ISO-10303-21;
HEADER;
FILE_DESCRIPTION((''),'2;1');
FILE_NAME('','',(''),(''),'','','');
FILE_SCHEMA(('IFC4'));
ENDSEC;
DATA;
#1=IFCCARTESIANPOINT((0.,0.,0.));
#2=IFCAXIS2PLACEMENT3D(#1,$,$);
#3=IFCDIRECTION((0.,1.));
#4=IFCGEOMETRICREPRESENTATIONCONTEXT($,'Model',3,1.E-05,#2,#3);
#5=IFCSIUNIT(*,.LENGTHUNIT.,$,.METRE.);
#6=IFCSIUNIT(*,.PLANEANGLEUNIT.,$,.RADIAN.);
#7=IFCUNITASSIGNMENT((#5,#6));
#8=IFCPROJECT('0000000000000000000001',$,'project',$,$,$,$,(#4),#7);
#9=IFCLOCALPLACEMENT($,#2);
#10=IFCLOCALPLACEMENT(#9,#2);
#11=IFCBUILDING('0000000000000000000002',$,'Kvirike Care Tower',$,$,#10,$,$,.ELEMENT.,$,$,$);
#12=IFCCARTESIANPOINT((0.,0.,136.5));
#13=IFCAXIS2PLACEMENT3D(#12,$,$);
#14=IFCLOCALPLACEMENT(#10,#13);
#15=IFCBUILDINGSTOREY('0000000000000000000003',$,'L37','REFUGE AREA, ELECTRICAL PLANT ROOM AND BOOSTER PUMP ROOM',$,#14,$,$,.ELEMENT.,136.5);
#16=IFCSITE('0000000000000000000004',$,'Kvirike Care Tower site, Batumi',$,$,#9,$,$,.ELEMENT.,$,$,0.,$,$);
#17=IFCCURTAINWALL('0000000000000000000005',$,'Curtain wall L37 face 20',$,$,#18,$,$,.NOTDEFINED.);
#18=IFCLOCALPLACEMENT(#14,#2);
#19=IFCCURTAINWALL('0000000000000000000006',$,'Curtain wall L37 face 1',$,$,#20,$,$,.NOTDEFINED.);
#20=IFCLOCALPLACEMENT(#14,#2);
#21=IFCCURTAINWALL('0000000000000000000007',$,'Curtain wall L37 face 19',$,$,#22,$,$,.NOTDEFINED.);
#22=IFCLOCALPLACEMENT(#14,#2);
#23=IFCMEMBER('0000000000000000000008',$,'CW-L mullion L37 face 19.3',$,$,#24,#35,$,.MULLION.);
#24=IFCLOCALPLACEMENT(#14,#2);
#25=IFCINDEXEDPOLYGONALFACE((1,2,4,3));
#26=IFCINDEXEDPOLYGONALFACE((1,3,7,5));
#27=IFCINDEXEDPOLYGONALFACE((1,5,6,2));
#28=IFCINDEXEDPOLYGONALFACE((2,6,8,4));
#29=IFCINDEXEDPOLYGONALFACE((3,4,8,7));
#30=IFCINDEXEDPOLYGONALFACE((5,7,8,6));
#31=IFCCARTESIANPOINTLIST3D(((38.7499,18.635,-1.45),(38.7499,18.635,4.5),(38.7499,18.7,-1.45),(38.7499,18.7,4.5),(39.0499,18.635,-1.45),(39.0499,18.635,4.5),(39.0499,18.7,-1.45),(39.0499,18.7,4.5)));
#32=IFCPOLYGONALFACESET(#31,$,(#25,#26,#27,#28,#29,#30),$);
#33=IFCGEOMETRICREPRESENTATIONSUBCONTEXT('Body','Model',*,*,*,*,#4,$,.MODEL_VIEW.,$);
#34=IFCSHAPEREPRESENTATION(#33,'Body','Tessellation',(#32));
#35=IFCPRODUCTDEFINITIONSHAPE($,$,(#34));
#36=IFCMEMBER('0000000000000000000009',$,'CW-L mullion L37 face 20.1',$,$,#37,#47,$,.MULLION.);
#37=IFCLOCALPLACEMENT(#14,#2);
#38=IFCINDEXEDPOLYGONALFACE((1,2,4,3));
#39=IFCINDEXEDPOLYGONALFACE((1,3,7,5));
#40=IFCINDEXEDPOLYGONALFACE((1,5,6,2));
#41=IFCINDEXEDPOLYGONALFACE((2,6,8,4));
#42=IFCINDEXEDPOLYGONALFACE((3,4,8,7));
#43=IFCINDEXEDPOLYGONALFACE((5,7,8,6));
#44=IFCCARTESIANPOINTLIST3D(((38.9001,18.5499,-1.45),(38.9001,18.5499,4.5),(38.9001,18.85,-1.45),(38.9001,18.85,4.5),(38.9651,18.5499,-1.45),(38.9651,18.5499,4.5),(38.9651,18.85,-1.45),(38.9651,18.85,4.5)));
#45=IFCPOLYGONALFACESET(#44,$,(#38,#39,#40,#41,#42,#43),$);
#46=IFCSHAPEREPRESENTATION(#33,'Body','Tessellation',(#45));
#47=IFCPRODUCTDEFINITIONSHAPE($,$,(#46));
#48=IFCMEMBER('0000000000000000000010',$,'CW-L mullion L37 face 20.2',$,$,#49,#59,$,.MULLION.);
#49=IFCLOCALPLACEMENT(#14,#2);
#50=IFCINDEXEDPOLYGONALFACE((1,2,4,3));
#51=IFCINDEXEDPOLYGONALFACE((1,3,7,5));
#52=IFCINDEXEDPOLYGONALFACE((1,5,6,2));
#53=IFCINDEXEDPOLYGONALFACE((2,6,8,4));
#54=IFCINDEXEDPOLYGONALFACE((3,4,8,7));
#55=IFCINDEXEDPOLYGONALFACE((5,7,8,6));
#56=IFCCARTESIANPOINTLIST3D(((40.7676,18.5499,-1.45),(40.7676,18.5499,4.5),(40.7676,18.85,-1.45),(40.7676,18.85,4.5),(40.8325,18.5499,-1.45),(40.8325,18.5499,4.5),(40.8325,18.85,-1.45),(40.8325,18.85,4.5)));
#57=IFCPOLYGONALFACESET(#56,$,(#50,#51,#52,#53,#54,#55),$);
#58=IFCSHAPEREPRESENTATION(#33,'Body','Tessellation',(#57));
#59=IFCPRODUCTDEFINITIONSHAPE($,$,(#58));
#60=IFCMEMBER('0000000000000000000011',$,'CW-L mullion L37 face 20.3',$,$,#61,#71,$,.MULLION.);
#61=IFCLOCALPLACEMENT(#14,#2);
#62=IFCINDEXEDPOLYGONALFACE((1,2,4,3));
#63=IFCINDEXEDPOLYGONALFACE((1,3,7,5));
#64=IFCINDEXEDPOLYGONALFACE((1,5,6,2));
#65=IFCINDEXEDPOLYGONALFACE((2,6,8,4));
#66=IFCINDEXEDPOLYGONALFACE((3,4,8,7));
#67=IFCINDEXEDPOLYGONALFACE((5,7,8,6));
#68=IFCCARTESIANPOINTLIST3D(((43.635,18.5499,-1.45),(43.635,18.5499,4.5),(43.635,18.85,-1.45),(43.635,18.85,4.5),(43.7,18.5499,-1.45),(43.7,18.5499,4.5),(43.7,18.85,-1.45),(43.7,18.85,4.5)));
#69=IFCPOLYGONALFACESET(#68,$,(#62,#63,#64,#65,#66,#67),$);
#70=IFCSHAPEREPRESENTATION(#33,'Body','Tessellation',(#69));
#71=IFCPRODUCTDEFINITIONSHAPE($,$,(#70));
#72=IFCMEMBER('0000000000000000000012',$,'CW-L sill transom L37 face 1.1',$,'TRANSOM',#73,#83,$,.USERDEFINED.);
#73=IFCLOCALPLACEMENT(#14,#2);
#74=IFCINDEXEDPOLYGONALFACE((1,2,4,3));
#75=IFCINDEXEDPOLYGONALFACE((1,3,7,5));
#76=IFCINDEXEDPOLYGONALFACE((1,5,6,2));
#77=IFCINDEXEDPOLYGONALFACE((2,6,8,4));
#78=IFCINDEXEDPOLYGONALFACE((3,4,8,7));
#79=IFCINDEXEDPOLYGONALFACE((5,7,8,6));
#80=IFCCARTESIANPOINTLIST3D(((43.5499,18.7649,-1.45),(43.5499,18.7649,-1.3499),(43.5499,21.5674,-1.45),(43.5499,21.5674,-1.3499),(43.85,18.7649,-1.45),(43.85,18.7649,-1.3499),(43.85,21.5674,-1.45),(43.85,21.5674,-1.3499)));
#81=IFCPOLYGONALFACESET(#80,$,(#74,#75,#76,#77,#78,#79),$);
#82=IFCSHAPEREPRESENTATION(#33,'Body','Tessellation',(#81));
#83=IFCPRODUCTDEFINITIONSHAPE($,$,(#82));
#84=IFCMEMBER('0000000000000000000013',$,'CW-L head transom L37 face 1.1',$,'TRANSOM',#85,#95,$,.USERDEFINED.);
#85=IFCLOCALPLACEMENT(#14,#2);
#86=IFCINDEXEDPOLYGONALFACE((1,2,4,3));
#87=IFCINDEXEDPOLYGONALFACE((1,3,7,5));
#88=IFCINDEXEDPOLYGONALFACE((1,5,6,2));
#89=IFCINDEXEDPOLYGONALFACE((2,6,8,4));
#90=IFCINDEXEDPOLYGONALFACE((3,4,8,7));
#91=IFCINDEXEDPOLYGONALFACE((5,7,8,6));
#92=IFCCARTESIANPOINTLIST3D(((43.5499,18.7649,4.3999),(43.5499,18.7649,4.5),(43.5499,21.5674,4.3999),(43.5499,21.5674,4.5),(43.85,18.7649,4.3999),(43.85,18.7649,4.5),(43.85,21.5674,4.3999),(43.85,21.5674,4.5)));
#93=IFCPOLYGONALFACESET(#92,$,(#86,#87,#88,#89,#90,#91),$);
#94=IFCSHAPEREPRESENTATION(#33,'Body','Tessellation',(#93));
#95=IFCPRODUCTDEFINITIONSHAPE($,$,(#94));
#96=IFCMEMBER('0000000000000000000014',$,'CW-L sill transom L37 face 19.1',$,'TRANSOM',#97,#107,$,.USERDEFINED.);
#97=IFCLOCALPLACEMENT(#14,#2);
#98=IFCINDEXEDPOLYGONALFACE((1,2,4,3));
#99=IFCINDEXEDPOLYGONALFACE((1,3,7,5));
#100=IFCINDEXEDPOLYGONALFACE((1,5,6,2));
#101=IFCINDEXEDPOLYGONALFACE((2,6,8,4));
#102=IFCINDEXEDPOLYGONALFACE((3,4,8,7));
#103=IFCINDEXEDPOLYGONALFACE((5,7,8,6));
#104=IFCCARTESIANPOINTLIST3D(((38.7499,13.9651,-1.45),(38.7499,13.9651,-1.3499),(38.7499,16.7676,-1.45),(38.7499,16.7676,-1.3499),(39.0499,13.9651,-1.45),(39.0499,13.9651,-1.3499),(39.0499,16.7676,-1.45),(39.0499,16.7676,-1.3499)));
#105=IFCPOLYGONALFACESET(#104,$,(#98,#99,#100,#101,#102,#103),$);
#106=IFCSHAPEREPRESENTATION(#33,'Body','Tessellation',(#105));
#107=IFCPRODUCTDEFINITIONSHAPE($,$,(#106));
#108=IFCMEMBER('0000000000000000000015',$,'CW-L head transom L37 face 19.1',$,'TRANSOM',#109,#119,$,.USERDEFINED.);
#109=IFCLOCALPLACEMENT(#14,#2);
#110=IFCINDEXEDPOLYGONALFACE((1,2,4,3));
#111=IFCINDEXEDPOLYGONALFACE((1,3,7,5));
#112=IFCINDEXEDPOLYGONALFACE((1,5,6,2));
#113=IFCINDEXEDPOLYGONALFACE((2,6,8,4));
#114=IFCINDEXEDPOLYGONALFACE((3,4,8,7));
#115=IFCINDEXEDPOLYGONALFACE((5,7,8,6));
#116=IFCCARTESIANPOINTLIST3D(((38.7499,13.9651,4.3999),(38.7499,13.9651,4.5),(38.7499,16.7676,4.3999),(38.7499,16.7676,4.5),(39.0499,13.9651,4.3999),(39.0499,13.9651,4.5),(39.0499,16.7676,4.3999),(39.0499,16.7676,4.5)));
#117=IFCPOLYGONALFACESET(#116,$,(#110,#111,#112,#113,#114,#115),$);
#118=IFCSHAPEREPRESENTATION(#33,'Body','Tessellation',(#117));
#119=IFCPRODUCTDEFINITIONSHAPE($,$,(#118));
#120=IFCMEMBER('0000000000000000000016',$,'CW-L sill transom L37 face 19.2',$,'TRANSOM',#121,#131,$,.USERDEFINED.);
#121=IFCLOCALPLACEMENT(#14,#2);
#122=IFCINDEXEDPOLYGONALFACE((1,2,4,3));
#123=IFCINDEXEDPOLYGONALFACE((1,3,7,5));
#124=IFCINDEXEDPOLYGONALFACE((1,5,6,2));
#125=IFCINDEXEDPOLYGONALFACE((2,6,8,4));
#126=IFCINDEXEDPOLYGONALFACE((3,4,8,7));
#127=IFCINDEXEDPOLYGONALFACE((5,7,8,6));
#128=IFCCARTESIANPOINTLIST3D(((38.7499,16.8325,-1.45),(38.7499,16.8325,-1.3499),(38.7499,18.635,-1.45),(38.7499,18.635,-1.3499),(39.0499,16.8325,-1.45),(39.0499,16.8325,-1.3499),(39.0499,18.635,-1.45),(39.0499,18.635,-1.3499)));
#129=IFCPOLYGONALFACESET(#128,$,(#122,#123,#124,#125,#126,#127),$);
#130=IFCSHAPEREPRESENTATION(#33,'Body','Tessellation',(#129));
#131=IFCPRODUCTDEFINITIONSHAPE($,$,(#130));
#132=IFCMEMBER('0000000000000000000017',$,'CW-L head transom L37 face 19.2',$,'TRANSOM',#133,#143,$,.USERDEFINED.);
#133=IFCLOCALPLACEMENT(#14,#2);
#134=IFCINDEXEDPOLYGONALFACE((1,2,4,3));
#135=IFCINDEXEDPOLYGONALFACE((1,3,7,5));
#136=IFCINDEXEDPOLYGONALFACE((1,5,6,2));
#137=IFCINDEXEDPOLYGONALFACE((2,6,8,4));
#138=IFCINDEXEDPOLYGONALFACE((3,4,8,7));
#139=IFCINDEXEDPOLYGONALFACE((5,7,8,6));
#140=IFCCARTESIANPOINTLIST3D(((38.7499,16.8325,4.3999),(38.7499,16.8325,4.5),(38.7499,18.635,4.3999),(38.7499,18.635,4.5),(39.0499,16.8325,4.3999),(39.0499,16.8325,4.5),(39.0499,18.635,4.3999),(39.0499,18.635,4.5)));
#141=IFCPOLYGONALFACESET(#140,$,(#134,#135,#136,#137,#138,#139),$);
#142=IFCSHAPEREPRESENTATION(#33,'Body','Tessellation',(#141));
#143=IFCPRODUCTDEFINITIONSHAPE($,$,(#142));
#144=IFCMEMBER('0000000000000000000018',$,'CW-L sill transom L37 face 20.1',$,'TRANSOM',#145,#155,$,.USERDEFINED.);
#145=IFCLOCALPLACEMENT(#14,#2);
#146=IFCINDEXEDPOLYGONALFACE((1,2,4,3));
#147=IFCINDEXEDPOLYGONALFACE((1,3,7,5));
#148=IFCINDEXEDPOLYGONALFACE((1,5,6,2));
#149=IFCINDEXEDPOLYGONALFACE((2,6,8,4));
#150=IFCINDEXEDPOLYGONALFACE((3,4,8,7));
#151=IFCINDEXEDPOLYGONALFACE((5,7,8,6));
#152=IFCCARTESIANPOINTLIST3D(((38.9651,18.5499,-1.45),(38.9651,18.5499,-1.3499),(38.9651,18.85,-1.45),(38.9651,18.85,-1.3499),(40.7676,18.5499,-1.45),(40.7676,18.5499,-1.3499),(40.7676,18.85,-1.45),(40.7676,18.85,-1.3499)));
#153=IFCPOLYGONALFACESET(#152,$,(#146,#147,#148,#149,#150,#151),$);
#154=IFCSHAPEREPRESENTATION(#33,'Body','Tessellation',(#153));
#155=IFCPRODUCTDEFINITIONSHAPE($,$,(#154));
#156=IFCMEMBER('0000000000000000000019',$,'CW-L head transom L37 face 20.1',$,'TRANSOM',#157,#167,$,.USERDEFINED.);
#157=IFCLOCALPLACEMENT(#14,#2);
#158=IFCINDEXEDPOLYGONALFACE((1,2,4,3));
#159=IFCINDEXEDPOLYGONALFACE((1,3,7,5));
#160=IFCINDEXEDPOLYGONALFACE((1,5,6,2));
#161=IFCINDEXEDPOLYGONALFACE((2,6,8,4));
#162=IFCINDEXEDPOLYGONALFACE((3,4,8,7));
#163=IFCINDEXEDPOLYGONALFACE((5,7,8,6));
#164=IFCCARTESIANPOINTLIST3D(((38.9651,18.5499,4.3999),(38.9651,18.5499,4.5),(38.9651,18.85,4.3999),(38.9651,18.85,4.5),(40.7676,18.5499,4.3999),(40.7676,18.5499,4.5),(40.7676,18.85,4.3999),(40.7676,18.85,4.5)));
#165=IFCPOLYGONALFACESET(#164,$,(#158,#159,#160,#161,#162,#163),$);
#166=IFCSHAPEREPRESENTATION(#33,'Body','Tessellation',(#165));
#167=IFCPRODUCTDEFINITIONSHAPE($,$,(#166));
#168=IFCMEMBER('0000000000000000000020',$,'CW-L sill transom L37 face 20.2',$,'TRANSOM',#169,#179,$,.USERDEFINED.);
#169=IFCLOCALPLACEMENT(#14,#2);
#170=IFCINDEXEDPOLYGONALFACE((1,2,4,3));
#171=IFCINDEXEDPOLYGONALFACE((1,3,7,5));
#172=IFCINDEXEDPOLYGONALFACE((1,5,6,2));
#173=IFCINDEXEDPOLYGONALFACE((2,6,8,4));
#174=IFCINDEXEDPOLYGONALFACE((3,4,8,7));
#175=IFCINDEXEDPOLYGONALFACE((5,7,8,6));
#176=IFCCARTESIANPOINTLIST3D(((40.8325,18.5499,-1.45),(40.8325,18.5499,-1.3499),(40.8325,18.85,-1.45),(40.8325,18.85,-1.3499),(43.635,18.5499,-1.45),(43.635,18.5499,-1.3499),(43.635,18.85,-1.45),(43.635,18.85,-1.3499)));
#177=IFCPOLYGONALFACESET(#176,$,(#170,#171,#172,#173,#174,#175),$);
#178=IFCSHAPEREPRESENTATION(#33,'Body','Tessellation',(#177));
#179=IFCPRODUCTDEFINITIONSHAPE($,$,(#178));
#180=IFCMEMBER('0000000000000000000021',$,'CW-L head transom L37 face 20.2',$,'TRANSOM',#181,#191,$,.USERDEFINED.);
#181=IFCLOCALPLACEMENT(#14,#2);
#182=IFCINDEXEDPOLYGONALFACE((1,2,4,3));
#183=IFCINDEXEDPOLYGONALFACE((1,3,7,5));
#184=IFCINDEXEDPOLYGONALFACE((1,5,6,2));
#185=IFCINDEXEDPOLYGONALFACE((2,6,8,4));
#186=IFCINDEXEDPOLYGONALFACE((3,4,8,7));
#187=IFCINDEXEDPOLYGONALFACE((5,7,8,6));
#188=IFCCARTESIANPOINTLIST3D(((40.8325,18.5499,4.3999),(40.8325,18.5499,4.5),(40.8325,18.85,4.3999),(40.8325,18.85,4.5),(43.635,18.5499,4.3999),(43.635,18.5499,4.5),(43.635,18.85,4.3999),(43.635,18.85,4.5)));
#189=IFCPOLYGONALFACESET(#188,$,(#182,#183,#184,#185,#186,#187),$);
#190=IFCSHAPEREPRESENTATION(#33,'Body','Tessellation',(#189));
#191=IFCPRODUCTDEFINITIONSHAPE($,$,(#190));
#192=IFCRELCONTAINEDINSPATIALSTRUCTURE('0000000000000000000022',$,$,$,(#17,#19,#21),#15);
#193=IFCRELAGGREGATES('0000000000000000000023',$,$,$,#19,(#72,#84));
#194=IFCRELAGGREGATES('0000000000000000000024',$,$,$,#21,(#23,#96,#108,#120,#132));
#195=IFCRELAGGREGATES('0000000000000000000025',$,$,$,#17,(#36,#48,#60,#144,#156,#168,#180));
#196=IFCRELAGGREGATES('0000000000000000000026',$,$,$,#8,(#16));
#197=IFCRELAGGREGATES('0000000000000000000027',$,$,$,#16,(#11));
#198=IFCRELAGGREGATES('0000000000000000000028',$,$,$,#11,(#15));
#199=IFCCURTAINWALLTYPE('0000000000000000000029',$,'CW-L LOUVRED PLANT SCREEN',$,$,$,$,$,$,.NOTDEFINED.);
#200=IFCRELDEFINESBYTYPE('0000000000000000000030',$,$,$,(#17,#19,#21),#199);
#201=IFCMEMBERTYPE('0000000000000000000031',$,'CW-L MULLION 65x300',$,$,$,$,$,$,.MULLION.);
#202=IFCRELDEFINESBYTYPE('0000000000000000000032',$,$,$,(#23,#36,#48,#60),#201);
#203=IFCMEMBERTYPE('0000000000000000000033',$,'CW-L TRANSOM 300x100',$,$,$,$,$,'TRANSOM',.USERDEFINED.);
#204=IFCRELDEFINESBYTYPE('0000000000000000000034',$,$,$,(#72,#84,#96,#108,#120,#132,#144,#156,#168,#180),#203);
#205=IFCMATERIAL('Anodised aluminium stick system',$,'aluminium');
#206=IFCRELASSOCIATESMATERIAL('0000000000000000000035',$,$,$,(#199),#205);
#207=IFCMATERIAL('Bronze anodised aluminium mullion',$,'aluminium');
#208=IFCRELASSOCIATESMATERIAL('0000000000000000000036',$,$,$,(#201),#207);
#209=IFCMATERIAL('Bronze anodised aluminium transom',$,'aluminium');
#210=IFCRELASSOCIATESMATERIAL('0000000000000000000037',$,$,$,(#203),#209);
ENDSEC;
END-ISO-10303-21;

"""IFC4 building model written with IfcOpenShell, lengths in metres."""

from ifc_helpers import new_model, si_unit, direction, frame, origin, origin_2d, place, context, subcontext, project, spatial, rectangle, extrude, material, material_profile, profile_set, type_object, element, aggregate, save


model = new_model("IFC4")

# Units and contexts
model_context = context("Model", 3, precision=1e-05, world=origin(), true_north=direction((0.0, 1.0)))
body_context = subcontext(model_context, "Body", "Model", "MODEL_VIEW")
ifc_project = project(units=[si_unit("LENGTHUNIT", "METRE"), si_unit("PLANEANGLEUNIT", "RADIAN")], contexts=[model_context])

# Site, building, storey
site_placement = place(None, origin())
site = spatial("IfcSite", under=ifc_project, at=site_placement, Name="Kvirike Care Tower site, Batumi", CompositionType="ELEMENT", RefElevation=0.0)
building_placement = place(site_placement, origin())
building = spatial("IfcBuilding", under=site, at=building_placement, Name="Kvirike Care Tower", CompositionType="ELEMENT")
storey_placement = place(building_placement, frame((0.0, 0.0, 136.5)))
storey = spatial("IfcBuildingStorey", under=building, at=storey_placement, Name="L37", Description="REFUGE AREA, ELECTRICAL PLANT ROOM AND BOOSTER PUMP ROOM", CompositionType="ELEMENT", Elevation=136.5)

# Curtain walls
ifc_material_1 = material(Name="Anodised aluminium stick system", Category="aluminium")
curtain_wall_type = type_object("IfcCurtainWallType", Name="CW-L LOUVRED PLANT SCREEN", PredefinedType="NOTDEFINED", material=ifc_material_1)
curtain_wall_1_placement = place(storey_placement, origin())
curtain_wall_1 = element("IfcCurtainWall", 1, at=curtain_wall_1_placement, inside=storey, type_object=curtain_wall_type, Name="Curtain wall L37 face 20", PredefinedType="NOTDEFINED")
curtain_wall_2_placement = place(storey_placement, origin())
curtain_wall_2 = element("IfcCurtainWall", 2, at=curtain_wall_2_placement, inside=storey, type_object=curtain_wall_type, Name="Curtain wall L37 face 1", PredefinedType="NOTDEFINED")
ifc_material_2 = material(Name="Bronze anodised aluminium mullion", Category="aluminium")
ifc_material_profile_1 = material_profile(ifc_material_2, rectangle(XDim=0.0649, YDim=0.3, at=origin_2d()), Name="CW-L MULLION 65x300")
ifc_profile_set_1 = profile_set([ifc_material_profile_1], Name="Bronze anodised aluminium mullion")
member_type_1 = type_object("IfcMemberType", Name="CW-L MULLION 65x300", PredefinedType="MULLION", material=ifc_profile_set_1)

# Curtain wall, member
curtain_wall_3_placement = place(storey_placement, origin())
curtain_wall_3 = element("IfcCurtainWall", 3, at=curtain_wall_3_placement, inside=storey, type_object=curtain_wall_type, Name="Curtain wall L37 face 19", PredefinedType="NOTDEFINED")
member_1_placement = place(storey_placement, frame((38.8999, 18.6675, -1.45), z_axis=(0.0, 0.0, 1.0), x_axis=(0.0, 1.0, 0.0)))
member_1 = element("IfcMember", 4, at=member_1_placement, type_object=member_type_1, Name="CW-L mullion L37 face 19.3", PredefinedType="MULLION", context=body_context, shape_type="SweptSolid", body=[
    extrude(rectangle(XDim=0.0649, YDim=0.3, at=origin_2d()), origin(), (0.0, 0.0, 1.0), 5.95),
])

# Members
member_2_placement = place(storey_placement, frame((38.9326, 18.7, -1.45), z_axis=(0.0, 0.0, 1.0), x_axis=(1.0, 0.0, 0.0)))
member_2 = element("IfcMember", 5, at=member_2_placement, type_object=member_type_1, Name="CW-L mullion L37 face 20.1", PredefinedType="MULLION", context=body_context, shape_type="SweptSolid", body=[
    extrude(rectangle(XDim=0.0649, YDim=0.3, at=origin_2d()), origin(), (0.0, 0.0, 1.0), 5.95),
])
member_3_placement = place(storey_placement, frame((40.8, 18.7, -1.45), z_axis=(0.0, 0.0, 1.0), x_axis=(1.0, 0.0, 0.0)))
member_3 = element("IfcMember", 6, at=member_3_placement, type_object=member_type_1, Name="CW-L mullion L37 face 20.2", PredefinedType="MULLION", context=body_context, shape_type="SweptSolid", body=[
    extrude(rectangle(XDim=0.0649, YDim=0.3, at=origin_2d()), origin(), (0.0, 0.0, 1.0), 5.95),
])
member_4_placement = place(storey_placement, frame((43.6675, 18.7, -1.45), z_axis=(0.0, 0.0, 1.0), x_axis=(1.0, 0.0, 0.0)))
member_4 = element("IfcMember", 7, at=member_4_placement, type_object=member_type_1, Name="CW-L mullion L37 face 20.3", PredefinedType="MULLION", context=body_context, shape_type="SweptSolid", body=[
    extrude(rectangle(XDim=0.0649, YDim=0.3, at=origin_2d()), origin(), (0.0, 0.0, 1.0), 5.95),
])
ifc_material_3 = material(Name="Bronze anodised aluminium transom", Category="aluminium")
ifc_material_profile_2 = material_profile(ifc_material_3, rectangle(XDim=0.3, YDim=0.1001, at=origin_2d()), Name="CW-L TRANSOM 300x100")
ifc_profile_set_2 = profile_set([ifc_material_profile_2], Name="Bronze anodised aluminium transom")
member_type_2 = type_object("IfcMemberType", Name="CW-L TRANSOM 300x100", ElementType="TRANSOM", PredefinedType="USERDEFINED", material=ifc_profile_set_2)
member_5_placement = place(storey_placement, frame((43.7, 18.7649, -1.3999), z_axis=(0.0, 1.0, 0.0), x_axis=(-1.0, 0.0, 0.0)))
member_5 = element("IfcMember", 8, at=member_5_placement, type_object=member_type_2, Name="CW-L sill transom L37 face 1.1", ObjectType="TRANSOM", PredefinedType="USERDEFINED", context=body_context, shape_type="SweptSolid", body=[
    extrude(rectangle(XDim=0.3, YDim=0.1001, at=origin_2d()), origin(), (0.0, 0.0, 1.0), 2.8025),
])
member_6_placement = place(storey_placement, frame((43.7, 18.7649, 4.45), z_axis=(0.0, 1.0, 0.0), x_axis=(-1.0, 0.0, 0.0)))
member_6 = element("IfcMember", 9, at=member_6_placement, type_object=member_type_2, Name="CW-L head transom L37 face 1.1", ObjectType="TRANSOM", PredefinedType="USERDEFINED", context=body_context, shape_type="SweptSolid", body=[
    extrude(rectangle(XDim=0.3, YDim=0.1001, at=origin_2d()), origin(), (0.0, 0.0, 1.0), 2.8025),
])
aggregate(curtain_wall_2, [member_5, member_6])
member_7_placement = place(storey_placement, frame((38.8999, 13.9651, -1.3999), z_axis=(0.0, 1.0, 0.0), x_axis=(-1.0, 0.0, 0.0)))
member_7 = element("IfcMember", 10, at=member_7_placement, type_object=member_type_2, Name="CW-L sill transom L37 face 19.1", ObjectType="TRANSOM", PredefinedType="USERDEFINED", context=body_context, shape_type="SweptSolid", body=[
    extrude(rectangle(XDim=0.3, YDim=0.1001, at=origin_2d()), origin(), (0.0, 0.0, 1.0), 2.8025),
])
member_8_placement = place(storey_placement, frame((38.8999, 13.9651, 4.45), z_axis=(0.0, 1.0, 0.0), x_axis=(-1.0, 0.0, 0.0)))
member_8 = element("IfcMember", 11, at=member_8_placement, type_object=member_type_2, Name="CW-L head transom L37 face 19.1", ObjectType="TRANSOM", PredefinedType="USERDEFINED", context=body_context, shape_type="SweptSolid", body=[
    extrude(rectangle(XDim=0.3, YDim=0.1001, at=origin_2d()), origin(), (0.0, 0.0, 1.0), 2.8025),
])
member_9_placement = place(storey_placement, frame((38.8999, 16.8325, -1.3999), z_axis=(0.0, 1.0, 0.0), x_axis=(-1.0, 0.0, 0.0)))
member_9 = element("IfcMember", 12, at=member_9_placement, type_object=member_type_2, Name="CW-L sill transom L37 face 19.2", ObjectType="TRANSOM", PredefinedType="USERDEFINED", context=body_context, shape_type="SweptSolid", body=[
    extrude(rectangle(XDim=0.3, YDim=0.1001, at=origin_2d()), origin(), (0.0, 0.0, 1.0), 1.8025),
])
member_10_placement = place(storey_placement, frame((38.8999, 16.8325, 4.45), z_axis=(0.0, 1.0, 0.0), x_axis=(-1.0, 0.0, 0.0)))
member_10 = element("IfcMember", 13, at=member_10_placement, type_object=member_type_2, Name="CW-L head transom L37 face 19.2", ObjectType="TRANSOM", PredefinedType="USERDEFINED", context=body_context, shape_type="SweptSolid", body=[
    extrude(rectangle(XDim=0.3, YDim=0.1001, at=origin_2d()), origin(), (0.0, 0.0, 1.0), 1.8025),
])
member_11_placement = place(storey_placement, frame((38.9651, 18.7, -1.3999), z_axis=(1.0, 0.0, 0.0), x_axis=(0.0, 1.0, 0.0)))
member_11 = element("IfcMember", 14, at=member_11_placement, type_object=member_type_2, Name="CW-L sill transom L37 face 20.1", ObjectType="TRANSOM", PredefinedType="USERDEFINED", context=body_context, shape_type="SweptSolid", body=[
    extrude(rectangle(XDim=0.3, YDim=0.1001, at=origin_2d()), origin(), (0.0, 0.0, 1.0), 1.8025),
])
member_12_placement = place(storey_placement, frame((38.9651, 18.7, 4.45), z_axis=(1.0, 0.0, 0.0), x_axis=(0.0, 1.0, 0.0)))
member_12 = element("IfcMember", 15, at=member_12_placement, type_object=member_type_2, Name="CW-L head transom L37 face 20.1", ObjectType="TRANSOM", PredefinedType="USERDEFINED", context=body_context, shape_type="SweptSolid", body=[
    extrude(rectangle(XDim=0.3, YDim=0.1001, at=origin_2d()), origin(), (0.0, 0.0, 1.0), 1.8025),
])
member_13_placement = place(storey_placement, frame((40.8325, 18.7, -1.3999), z_axis=(1.0, 0.0, 0.0), x_axis=(0.0, 1.0, 0.0)))
member_13 = element("IfcMember", 16, at=member_13_placement, type_object=member_type_2, Name="CW-L sill transom L37 face 20.2", ObjectType="TRANSOM", PredefinedType="USERDEFINED", context=body_context, shape_type="SweptSolid", body=[
    extrude(rectangle(XDim=0.3, YDim=0.1001, at=origin_2d()), origin(), (0.0, 0.0, 1.0), 2.8025),
])
member_14_placement = place(storey_placement, frame((40.8325, 18.7, 4.45), z_axis=(1.0, 0.0, 0.0), x_axis=(0.0, 1.0, 0.0)))
member_14 = element("IfcMember", 17, at=member_14_placement, type_object=member_type_2, Name="CW-L head transom L37 face 20.2", ObjectType="TRANSOM", PredefinedType="USERDEFINED", context=body_context, shape_type="SweptSolid", body=[
    extrude(rectangle(XDim=0.3, YDim=0.1001, at=origin_2d()), origin(), (0.0, 0.0, 1.0), 2.8025),
])

aggregate(curtain_wall_3, [member_1, member_7, member_8, member_9, member_10])
aggregate(curtain_wall_1, [member_2, member_3, member_4, member_11, member_12, member_13, member_14])

save(model, "model.ifc")
